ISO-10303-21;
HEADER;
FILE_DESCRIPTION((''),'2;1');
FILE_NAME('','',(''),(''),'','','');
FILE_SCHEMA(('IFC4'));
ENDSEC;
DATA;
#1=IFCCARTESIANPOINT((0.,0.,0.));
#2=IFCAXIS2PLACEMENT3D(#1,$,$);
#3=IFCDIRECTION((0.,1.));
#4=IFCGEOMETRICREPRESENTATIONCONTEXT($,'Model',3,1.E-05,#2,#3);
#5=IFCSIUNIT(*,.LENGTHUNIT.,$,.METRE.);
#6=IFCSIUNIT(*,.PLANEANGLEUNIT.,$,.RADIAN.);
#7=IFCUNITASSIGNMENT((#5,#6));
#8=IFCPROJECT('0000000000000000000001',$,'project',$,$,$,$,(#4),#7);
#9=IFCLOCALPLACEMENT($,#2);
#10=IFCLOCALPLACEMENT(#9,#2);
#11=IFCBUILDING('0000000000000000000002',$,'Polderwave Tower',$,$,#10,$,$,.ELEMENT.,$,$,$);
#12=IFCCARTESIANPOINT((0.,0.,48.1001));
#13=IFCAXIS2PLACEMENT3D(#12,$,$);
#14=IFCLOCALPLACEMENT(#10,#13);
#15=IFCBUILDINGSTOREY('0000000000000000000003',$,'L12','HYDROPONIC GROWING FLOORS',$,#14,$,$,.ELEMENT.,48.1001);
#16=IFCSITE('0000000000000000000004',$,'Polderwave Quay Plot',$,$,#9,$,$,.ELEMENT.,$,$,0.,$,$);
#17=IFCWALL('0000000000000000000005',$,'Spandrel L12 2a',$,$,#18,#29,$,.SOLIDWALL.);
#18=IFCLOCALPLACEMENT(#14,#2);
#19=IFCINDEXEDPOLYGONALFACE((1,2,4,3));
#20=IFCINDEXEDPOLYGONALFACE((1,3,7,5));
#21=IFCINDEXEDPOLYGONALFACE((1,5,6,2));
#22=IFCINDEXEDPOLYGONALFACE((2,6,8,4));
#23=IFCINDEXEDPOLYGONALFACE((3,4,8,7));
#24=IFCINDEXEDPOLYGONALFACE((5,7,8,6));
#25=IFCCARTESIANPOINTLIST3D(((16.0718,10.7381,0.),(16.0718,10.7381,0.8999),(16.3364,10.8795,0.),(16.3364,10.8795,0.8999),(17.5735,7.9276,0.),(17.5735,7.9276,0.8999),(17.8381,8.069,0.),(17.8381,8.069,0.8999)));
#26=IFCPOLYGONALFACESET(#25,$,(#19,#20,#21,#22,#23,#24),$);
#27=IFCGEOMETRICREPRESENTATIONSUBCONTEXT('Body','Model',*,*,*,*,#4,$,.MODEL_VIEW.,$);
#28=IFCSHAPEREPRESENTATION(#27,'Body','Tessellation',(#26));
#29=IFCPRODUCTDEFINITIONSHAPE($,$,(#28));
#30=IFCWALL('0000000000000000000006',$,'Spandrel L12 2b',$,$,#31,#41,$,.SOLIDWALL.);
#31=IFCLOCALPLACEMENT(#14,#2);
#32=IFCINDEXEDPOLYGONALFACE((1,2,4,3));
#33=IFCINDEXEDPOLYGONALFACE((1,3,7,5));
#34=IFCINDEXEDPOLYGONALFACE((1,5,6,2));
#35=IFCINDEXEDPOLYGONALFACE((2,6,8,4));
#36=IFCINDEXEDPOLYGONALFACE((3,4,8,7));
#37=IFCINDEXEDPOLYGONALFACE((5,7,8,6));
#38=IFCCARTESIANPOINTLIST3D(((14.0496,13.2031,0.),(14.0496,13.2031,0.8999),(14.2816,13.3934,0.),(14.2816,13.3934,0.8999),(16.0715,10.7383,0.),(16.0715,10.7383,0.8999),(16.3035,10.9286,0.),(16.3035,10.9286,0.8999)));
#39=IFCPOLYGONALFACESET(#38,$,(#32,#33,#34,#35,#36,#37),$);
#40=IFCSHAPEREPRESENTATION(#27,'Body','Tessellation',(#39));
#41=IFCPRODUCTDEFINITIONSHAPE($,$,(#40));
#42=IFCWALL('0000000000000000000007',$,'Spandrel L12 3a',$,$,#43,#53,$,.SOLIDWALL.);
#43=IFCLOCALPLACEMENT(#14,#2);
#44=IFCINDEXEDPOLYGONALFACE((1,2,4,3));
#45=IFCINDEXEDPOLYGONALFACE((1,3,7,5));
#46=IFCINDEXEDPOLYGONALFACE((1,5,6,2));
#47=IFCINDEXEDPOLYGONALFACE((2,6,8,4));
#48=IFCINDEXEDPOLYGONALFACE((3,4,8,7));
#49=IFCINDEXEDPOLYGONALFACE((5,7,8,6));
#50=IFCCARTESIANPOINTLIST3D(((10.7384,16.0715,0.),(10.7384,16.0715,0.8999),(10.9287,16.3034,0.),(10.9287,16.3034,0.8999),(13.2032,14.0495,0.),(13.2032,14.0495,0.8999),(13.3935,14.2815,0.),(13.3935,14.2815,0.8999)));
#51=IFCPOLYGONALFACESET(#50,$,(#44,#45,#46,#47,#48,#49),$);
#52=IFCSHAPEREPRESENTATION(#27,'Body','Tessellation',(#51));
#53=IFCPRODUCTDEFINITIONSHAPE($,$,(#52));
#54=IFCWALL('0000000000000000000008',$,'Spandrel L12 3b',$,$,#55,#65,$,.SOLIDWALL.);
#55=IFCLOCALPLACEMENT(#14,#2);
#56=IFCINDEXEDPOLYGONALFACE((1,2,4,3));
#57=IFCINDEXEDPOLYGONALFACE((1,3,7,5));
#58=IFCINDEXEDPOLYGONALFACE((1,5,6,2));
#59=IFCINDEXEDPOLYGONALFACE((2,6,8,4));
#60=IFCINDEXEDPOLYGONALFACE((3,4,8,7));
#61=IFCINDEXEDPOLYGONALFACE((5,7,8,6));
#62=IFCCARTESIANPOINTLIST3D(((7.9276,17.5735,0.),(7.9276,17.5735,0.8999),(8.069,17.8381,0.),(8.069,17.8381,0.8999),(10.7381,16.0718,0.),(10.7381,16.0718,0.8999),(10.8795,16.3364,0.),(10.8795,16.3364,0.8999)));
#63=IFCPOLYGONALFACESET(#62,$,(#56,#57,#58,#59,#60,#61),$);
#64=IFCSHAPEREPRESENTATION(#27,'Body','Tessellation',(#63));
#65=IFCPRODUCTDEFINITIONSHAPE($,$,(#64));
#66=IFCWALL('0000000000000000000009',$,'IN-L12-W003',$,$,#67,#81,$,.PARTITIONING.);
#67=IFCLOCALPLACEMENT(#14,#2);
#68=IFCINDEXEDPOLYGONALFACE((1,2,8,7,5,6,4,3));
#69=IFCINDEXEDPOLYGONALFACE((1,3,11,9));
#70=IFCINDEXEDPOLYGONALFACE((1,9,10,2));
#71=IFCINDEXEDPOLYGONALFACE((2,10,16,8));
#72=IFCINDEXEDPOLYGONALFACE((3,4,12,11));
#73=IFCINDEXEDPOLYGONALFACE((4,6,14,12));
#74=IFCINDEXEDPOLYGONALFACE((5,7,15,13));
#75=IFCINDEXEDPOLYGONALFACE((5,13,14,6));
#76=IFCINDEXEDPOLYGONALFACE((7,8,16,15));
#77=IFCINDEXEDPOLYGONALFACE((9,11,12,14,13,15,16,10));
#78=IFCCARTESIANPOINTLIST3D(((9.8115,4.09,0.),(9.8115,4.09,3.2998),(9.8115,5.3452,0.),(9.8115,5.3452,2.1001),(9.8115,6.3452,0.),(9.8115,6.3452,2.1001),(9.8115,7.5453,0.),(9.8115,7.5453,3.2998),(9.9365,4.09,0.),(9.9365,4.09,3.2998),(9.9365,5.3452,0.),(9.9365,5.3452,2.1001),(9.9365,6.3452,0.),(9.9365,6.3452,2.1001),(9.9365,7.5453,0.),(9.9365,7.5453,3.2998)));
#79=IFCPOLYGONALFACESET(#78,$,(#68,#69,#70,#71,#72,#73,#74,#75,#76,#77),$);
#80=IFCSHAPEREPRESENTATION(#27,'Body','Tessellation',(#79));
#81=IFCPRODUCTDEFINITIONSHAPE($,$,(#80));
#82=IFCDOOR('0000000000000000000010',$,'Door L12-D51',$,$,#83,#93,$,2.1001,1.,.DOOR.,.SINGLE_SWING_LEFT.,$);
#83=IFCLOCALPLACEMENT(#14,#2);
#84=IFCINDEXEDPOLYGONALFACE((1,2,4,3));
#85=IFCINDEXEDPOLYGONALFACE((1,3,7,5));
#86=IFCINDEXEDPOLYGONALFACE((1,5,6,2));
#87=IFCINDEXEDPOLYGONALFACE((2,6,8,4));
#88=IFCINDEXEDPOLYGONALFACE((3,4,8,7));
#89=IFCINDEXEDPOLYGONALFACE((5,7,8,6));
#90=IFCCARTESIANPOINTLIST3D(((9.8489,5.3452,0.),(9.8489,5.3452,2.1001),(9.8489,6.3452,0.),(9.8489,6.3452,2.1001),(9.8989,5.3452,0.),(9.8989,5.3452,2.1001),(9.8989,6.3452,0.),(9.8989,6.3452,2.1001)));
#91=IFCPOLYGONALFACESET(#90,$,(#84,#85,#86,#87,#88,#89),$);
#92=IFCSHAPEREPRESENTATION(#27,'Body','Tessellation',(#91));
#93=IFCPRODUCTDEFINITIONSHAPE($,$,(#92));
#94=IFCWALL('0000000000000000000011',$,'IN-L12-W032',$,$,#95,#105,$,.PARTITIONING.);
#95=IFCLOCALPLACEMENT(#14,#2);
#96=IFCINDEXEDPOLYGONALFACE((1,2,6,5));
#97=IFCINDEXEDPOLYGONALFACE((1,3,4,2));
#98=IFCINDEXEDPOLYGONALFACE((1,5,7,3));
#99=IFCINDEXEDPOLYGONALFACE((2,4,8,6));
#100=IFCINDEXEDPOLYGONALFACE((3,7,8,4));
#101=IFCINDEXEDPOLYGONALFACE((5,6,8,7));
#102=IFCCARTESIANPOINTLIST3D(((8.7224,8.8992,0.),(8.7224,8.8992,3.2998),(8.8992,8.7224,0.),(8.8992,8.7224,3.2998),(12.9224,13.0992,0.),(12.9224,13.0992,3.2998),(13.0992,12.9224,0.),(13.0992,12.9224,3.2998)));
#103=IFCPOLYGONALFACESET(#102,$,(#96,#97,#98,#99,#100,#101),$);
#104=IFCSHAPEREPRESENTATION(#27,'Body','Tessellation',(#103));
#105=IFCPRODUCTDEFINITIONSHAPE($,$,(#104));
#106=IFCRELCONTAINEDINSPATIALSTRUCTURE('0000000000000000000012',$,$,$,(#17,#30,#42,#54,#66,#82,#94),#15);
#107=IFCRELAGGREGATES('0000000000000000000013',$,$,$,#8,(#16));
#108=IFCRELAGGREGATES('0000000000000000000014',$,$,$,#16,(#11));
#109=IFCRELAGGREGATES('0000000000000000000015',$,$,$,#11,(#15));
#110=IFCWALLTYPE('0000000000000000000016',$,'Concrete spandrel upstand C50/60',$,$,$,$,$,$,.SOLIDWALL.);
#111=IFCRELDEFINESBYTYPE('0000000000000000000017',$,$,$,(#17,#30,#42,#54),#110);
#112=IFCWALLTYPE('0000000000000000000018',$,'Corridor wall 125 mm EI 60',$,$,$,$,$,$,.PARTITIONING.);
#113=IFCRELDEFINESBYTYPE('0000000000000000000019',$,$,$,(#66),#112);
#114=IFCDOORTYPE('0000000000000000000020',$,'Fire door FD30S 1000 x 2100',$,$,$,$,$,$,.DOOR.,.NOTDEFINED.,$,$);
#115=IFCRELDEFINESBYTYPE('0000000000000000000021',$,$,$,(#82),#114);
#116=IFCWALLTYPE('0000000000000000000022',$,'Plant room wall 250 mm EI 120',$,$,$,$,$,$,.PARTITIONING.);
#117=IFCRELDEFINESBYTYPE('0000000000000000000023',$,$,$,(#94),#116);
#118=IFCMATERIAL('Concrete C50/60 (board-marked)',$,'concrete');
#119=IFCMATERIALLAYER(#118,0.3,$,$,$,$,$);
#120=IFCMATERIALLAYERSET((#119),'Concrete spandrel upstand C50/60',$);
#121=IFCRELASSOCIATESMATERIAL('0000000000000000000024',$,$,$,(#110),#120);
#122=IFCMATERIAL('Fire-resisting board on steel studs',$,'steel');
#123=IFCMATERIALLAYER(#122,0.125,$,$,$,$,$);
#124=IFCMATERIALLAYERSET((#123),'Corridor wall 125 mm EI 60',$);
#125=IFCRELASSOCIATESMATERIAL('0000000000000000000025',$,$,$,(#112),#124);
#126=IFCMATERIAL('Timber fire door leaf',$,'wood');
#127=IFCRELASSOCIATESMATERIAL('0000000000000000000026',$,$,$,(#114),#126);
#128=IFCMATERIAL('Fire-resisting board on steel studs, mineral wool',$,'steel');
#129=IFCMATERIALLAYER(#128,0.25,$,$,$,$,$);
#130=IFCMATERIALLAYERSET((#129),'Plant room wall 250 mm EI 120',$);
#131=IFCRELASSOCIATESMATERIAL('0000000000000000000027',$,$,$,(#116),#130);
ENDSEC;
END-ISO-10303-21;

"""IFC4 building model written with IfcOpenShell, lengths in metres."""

from ifc_helpers import new_model, si_unit, direction, frame, frame_2d, origin, place, context, subcontext, project, spatial, rectangle, extrude, material, layer, layer_set, type_object, element, fill, save


model = new_model("IFC4")

# Units and contexts
model_context = context("Model", 3, precision=1e-05, world=origin(), true_north=direction((0.0, 1.0)))
body_context = subcontext(model_context, "Body", "Model", "MODEL_VIEW")
ifc_project = project(units=[si_unit("LENGTHUNIT", "METRE"), si_unit("PLANEANGLEUNIT", "RADIAN")], contexts=[model_context])

# Site, building, storey
site_placement = place(None, origin())
site = spatial("IfcSite", under=ifc_project, at=site_placement, Name="Polderwave Quay Plot", CompositionType="ELEMENT", RefElevation=0.0)
building_placement = place(site_placement, origin())
building = spatial("IfcBuilding", under=site, at=building_placement, Name="Polderwave Tower", CompositionType="ELEMENT")
storey_placement = place(building_placement, frame((0.0, 0.0, 48.1001)))
storey = spatial("IfcBuildingStorey", under=building, at=storey_placement, Name="L12", Description="HYDROPONIC GROWING FLOORS", CompositionType="ELEMENT", Elevation=48.1001)

# Walls
ifc_material_1 = material(Name="Concrete C50/60 (board-marked)", Category="concrete")
ifc_layer_1 = layer(ifc_material_1, 0.3)
ifc_layer_set_1 = layer_set([ifc_layer_1], Name="Concrete spandrel upstand C50/60")
wall_type_1 = type_object("IfcWallType", Name="Concrete spandrel upstand C50/60", PredefinedType="SOLIDWALL", material=ifc_layer_set_1)
wall_1_placement = place(storey_placement, frame((17.7058, 7.9983, 0.0), z_axis=(0.0, 0.0, 1.0), x_axis=(-0.47126, 0.881994, 0.0)))
element("IfcWall", 1, at=wall_1_placement, inside=storey, type_object=wall_type_1, Name="Spandrel L12 2a", PredefinedType="SOLIDWALL", context=body_context, shape_type="SweptSolid", body=[
    extrude(rectangle(XDim=3.1865, YDim=0.3, at=frame_2d((1.5933, 0.0))), origin(), (0.0, 0.0, 1.0), 0.8999),
])
for number, where, z_axis, x_axis, name in (
    (2, (16.1875, 10.8335, 0.0), (0.0, 0.0, 1.0), (-0.63423, 0.773145, 0.0), "Spandrel L12 2b"),
    (3, (13.2983, 14.1655, 0.0), (0.0, 0.0, 1.0), (-0.773145, 0.63423, 0.0), "Spandrel L12 3a"),
):
    element("IfcWall", number, at=place(storey_placement, frame(where, z_axis=z_axis, x_axis=x_axis)), inside=storey, type_object=wall_type_1, Name=name, PredefinedType="SOLIDWALL", context=body_context, shape_type="SweptSolid", body=[
        extrude(rectangle(XDim=3.188, YDim=0.3, at=frame_2d((1.594, 0.0))), origin(), (0.0, 0.0, 1.0), 0.8999),
    ])
wall_2_placement = place(storey_placement, frame((10.8088, 16.2041, 0.0), z_axis=(0.0, 0.0, 1.0), x_axis=(-0.881994, 0.47126, 0.0)))
element("IfcWall", 4, at=wall_2_placement, inside=storey, type_object=wall_type_1, Name="Spandrel L12 3b", PredefinedType="SOLIDWALL", context=body_context, shape_type="SweptSolid", body=[
    extrude(rectangle(XDim=3.1865, YDim=0.3, at=frame_2d((1.5933, 0.0))), origin(), (0.0, 0.0, 1.0), 0.8999),
])

# Wall, opening, door
ifc_material_2 = material(Name="Fire-resisting board on steel studs", Category="steel")
ifc_layer_2 = layer(ifc_material_2, 0.125)
ifc_layer_set_2 = layer_set([ifc_layer_2], Name="Corridor wall 125 mm EI 60")
wall_type_2 = type_object("IfcWallType", Name="Corridor wall 125 mm EI 60", PredefinedType="PARTITIONING", material=ifc_layer_set_2)
wall_3_placement = place(storey_placement, frame((9.874, 7.5452, 0.0), z_axis=(0.0, 0.0, 1.0), x_axis=(0.0, -1.0, 0.0)))
wall_3 = element("IfcWall", 5, at=wall_3_placement, inside=storey, type_object=wall_type_2, Name="IN-L12-W003", PredefinedType="PARTITIONING", context=body_context, shape_type="SweptSolid", body=[
    extrude(rectangle(XDim=3.4553, YDim=0.125, at=frame_2d((1.7275, 0.0))), origin(), (0.0, 0.0, 1.0), 3.2998),
])
opening_placement = place(wall_3_placement, frame((1.2, 0.0, 0.0)))
opening = element("IfcOpeningElement", 6, at=opening_placement, cuts=wall_3, PredefinedType="OPENING", context=body_context, shape_type="SweptSolid", body=[
    extrude(rectangle(XDim=1.0, YDim=2.1001, at=frame_2d((0.5, 1.05))), frame((0.0, 0.0725, 0.0), z_axis=(0.0, -1.0, 0.0), x_axis=(1.0, 0.0, 0.0)), (0.0, 0.0, 1.0), 0.145),
])
ifc_material_3 = material(Name="Timber fire door leaf", Category="wood")
door_type = type_object("IfcDoorType", Name="Fire door FD30S 1000 x 2100", OperationType="NOTDEFINED", PredefinedType="DOOR", material=ifc_material_3)
door_placement = place(opening_placement, origin())
door = element("IfcDoor", 7, at=door_placement, inside=storey, type_object=door_type, Name="Door L12-D51", OperationType="SINGLE_SWING_LEFT", OverallHeight=2.1001, OverallWidth=1.0, PredefinedType="DOOR", context=body_context, shape_type="SweptSolid", body=[
    extrude(rectangle(XDim=1.0, YDim=2.1001, at=frame_2d((0.5, 1.05))), frame((0.0, 0.0249, 0.0), z_axis=(0.0, -1.0, 0.0), x_axis=(1.0, 0.0, 0.0)), (0.0, 0.0, 1.0), 0.05),
])
fill(opening, door)

# Wall
ifc_material_4 = material(Name="Fire-resisting board on steel studs, mineral wool", Category="steel")
ifc_layer_3 = layer(ifc_material_4, 0.25)
ifc_layer_set_3 = layer_set([ifc_layer_3], Name="Plant room wall 250 mm EI 120")
wall_type_3 = type_object("IfcWallType", Name="Plant room wall 250 mm EI 120", PredefinedType="PARTITIONING", material=ifc_layer_set_3)
wall_4_placement = place(storey_placement, frame((13.0107, 13.0107, 0.0), z_axis=(0.0, 0.0, 1.0), x_axis=(-0.707107, -0.707107, 0.0)))
element("IfcWall", 8, at=wall_4_placement, inside=storey, type_object=wall_type_3, Name="IN-L12-W032", PredefinedType="PARTITIONING", context=body_context, shape_type="SweptSolid", body=[
    extrude(rectangle(XDim=5.9397, YDim=0.25, at=frame_2d((2.9697, 0.0))), origin(), (0.0, 0.0, 1.0), 3.2998),
])

save(model, "model.ifc")
